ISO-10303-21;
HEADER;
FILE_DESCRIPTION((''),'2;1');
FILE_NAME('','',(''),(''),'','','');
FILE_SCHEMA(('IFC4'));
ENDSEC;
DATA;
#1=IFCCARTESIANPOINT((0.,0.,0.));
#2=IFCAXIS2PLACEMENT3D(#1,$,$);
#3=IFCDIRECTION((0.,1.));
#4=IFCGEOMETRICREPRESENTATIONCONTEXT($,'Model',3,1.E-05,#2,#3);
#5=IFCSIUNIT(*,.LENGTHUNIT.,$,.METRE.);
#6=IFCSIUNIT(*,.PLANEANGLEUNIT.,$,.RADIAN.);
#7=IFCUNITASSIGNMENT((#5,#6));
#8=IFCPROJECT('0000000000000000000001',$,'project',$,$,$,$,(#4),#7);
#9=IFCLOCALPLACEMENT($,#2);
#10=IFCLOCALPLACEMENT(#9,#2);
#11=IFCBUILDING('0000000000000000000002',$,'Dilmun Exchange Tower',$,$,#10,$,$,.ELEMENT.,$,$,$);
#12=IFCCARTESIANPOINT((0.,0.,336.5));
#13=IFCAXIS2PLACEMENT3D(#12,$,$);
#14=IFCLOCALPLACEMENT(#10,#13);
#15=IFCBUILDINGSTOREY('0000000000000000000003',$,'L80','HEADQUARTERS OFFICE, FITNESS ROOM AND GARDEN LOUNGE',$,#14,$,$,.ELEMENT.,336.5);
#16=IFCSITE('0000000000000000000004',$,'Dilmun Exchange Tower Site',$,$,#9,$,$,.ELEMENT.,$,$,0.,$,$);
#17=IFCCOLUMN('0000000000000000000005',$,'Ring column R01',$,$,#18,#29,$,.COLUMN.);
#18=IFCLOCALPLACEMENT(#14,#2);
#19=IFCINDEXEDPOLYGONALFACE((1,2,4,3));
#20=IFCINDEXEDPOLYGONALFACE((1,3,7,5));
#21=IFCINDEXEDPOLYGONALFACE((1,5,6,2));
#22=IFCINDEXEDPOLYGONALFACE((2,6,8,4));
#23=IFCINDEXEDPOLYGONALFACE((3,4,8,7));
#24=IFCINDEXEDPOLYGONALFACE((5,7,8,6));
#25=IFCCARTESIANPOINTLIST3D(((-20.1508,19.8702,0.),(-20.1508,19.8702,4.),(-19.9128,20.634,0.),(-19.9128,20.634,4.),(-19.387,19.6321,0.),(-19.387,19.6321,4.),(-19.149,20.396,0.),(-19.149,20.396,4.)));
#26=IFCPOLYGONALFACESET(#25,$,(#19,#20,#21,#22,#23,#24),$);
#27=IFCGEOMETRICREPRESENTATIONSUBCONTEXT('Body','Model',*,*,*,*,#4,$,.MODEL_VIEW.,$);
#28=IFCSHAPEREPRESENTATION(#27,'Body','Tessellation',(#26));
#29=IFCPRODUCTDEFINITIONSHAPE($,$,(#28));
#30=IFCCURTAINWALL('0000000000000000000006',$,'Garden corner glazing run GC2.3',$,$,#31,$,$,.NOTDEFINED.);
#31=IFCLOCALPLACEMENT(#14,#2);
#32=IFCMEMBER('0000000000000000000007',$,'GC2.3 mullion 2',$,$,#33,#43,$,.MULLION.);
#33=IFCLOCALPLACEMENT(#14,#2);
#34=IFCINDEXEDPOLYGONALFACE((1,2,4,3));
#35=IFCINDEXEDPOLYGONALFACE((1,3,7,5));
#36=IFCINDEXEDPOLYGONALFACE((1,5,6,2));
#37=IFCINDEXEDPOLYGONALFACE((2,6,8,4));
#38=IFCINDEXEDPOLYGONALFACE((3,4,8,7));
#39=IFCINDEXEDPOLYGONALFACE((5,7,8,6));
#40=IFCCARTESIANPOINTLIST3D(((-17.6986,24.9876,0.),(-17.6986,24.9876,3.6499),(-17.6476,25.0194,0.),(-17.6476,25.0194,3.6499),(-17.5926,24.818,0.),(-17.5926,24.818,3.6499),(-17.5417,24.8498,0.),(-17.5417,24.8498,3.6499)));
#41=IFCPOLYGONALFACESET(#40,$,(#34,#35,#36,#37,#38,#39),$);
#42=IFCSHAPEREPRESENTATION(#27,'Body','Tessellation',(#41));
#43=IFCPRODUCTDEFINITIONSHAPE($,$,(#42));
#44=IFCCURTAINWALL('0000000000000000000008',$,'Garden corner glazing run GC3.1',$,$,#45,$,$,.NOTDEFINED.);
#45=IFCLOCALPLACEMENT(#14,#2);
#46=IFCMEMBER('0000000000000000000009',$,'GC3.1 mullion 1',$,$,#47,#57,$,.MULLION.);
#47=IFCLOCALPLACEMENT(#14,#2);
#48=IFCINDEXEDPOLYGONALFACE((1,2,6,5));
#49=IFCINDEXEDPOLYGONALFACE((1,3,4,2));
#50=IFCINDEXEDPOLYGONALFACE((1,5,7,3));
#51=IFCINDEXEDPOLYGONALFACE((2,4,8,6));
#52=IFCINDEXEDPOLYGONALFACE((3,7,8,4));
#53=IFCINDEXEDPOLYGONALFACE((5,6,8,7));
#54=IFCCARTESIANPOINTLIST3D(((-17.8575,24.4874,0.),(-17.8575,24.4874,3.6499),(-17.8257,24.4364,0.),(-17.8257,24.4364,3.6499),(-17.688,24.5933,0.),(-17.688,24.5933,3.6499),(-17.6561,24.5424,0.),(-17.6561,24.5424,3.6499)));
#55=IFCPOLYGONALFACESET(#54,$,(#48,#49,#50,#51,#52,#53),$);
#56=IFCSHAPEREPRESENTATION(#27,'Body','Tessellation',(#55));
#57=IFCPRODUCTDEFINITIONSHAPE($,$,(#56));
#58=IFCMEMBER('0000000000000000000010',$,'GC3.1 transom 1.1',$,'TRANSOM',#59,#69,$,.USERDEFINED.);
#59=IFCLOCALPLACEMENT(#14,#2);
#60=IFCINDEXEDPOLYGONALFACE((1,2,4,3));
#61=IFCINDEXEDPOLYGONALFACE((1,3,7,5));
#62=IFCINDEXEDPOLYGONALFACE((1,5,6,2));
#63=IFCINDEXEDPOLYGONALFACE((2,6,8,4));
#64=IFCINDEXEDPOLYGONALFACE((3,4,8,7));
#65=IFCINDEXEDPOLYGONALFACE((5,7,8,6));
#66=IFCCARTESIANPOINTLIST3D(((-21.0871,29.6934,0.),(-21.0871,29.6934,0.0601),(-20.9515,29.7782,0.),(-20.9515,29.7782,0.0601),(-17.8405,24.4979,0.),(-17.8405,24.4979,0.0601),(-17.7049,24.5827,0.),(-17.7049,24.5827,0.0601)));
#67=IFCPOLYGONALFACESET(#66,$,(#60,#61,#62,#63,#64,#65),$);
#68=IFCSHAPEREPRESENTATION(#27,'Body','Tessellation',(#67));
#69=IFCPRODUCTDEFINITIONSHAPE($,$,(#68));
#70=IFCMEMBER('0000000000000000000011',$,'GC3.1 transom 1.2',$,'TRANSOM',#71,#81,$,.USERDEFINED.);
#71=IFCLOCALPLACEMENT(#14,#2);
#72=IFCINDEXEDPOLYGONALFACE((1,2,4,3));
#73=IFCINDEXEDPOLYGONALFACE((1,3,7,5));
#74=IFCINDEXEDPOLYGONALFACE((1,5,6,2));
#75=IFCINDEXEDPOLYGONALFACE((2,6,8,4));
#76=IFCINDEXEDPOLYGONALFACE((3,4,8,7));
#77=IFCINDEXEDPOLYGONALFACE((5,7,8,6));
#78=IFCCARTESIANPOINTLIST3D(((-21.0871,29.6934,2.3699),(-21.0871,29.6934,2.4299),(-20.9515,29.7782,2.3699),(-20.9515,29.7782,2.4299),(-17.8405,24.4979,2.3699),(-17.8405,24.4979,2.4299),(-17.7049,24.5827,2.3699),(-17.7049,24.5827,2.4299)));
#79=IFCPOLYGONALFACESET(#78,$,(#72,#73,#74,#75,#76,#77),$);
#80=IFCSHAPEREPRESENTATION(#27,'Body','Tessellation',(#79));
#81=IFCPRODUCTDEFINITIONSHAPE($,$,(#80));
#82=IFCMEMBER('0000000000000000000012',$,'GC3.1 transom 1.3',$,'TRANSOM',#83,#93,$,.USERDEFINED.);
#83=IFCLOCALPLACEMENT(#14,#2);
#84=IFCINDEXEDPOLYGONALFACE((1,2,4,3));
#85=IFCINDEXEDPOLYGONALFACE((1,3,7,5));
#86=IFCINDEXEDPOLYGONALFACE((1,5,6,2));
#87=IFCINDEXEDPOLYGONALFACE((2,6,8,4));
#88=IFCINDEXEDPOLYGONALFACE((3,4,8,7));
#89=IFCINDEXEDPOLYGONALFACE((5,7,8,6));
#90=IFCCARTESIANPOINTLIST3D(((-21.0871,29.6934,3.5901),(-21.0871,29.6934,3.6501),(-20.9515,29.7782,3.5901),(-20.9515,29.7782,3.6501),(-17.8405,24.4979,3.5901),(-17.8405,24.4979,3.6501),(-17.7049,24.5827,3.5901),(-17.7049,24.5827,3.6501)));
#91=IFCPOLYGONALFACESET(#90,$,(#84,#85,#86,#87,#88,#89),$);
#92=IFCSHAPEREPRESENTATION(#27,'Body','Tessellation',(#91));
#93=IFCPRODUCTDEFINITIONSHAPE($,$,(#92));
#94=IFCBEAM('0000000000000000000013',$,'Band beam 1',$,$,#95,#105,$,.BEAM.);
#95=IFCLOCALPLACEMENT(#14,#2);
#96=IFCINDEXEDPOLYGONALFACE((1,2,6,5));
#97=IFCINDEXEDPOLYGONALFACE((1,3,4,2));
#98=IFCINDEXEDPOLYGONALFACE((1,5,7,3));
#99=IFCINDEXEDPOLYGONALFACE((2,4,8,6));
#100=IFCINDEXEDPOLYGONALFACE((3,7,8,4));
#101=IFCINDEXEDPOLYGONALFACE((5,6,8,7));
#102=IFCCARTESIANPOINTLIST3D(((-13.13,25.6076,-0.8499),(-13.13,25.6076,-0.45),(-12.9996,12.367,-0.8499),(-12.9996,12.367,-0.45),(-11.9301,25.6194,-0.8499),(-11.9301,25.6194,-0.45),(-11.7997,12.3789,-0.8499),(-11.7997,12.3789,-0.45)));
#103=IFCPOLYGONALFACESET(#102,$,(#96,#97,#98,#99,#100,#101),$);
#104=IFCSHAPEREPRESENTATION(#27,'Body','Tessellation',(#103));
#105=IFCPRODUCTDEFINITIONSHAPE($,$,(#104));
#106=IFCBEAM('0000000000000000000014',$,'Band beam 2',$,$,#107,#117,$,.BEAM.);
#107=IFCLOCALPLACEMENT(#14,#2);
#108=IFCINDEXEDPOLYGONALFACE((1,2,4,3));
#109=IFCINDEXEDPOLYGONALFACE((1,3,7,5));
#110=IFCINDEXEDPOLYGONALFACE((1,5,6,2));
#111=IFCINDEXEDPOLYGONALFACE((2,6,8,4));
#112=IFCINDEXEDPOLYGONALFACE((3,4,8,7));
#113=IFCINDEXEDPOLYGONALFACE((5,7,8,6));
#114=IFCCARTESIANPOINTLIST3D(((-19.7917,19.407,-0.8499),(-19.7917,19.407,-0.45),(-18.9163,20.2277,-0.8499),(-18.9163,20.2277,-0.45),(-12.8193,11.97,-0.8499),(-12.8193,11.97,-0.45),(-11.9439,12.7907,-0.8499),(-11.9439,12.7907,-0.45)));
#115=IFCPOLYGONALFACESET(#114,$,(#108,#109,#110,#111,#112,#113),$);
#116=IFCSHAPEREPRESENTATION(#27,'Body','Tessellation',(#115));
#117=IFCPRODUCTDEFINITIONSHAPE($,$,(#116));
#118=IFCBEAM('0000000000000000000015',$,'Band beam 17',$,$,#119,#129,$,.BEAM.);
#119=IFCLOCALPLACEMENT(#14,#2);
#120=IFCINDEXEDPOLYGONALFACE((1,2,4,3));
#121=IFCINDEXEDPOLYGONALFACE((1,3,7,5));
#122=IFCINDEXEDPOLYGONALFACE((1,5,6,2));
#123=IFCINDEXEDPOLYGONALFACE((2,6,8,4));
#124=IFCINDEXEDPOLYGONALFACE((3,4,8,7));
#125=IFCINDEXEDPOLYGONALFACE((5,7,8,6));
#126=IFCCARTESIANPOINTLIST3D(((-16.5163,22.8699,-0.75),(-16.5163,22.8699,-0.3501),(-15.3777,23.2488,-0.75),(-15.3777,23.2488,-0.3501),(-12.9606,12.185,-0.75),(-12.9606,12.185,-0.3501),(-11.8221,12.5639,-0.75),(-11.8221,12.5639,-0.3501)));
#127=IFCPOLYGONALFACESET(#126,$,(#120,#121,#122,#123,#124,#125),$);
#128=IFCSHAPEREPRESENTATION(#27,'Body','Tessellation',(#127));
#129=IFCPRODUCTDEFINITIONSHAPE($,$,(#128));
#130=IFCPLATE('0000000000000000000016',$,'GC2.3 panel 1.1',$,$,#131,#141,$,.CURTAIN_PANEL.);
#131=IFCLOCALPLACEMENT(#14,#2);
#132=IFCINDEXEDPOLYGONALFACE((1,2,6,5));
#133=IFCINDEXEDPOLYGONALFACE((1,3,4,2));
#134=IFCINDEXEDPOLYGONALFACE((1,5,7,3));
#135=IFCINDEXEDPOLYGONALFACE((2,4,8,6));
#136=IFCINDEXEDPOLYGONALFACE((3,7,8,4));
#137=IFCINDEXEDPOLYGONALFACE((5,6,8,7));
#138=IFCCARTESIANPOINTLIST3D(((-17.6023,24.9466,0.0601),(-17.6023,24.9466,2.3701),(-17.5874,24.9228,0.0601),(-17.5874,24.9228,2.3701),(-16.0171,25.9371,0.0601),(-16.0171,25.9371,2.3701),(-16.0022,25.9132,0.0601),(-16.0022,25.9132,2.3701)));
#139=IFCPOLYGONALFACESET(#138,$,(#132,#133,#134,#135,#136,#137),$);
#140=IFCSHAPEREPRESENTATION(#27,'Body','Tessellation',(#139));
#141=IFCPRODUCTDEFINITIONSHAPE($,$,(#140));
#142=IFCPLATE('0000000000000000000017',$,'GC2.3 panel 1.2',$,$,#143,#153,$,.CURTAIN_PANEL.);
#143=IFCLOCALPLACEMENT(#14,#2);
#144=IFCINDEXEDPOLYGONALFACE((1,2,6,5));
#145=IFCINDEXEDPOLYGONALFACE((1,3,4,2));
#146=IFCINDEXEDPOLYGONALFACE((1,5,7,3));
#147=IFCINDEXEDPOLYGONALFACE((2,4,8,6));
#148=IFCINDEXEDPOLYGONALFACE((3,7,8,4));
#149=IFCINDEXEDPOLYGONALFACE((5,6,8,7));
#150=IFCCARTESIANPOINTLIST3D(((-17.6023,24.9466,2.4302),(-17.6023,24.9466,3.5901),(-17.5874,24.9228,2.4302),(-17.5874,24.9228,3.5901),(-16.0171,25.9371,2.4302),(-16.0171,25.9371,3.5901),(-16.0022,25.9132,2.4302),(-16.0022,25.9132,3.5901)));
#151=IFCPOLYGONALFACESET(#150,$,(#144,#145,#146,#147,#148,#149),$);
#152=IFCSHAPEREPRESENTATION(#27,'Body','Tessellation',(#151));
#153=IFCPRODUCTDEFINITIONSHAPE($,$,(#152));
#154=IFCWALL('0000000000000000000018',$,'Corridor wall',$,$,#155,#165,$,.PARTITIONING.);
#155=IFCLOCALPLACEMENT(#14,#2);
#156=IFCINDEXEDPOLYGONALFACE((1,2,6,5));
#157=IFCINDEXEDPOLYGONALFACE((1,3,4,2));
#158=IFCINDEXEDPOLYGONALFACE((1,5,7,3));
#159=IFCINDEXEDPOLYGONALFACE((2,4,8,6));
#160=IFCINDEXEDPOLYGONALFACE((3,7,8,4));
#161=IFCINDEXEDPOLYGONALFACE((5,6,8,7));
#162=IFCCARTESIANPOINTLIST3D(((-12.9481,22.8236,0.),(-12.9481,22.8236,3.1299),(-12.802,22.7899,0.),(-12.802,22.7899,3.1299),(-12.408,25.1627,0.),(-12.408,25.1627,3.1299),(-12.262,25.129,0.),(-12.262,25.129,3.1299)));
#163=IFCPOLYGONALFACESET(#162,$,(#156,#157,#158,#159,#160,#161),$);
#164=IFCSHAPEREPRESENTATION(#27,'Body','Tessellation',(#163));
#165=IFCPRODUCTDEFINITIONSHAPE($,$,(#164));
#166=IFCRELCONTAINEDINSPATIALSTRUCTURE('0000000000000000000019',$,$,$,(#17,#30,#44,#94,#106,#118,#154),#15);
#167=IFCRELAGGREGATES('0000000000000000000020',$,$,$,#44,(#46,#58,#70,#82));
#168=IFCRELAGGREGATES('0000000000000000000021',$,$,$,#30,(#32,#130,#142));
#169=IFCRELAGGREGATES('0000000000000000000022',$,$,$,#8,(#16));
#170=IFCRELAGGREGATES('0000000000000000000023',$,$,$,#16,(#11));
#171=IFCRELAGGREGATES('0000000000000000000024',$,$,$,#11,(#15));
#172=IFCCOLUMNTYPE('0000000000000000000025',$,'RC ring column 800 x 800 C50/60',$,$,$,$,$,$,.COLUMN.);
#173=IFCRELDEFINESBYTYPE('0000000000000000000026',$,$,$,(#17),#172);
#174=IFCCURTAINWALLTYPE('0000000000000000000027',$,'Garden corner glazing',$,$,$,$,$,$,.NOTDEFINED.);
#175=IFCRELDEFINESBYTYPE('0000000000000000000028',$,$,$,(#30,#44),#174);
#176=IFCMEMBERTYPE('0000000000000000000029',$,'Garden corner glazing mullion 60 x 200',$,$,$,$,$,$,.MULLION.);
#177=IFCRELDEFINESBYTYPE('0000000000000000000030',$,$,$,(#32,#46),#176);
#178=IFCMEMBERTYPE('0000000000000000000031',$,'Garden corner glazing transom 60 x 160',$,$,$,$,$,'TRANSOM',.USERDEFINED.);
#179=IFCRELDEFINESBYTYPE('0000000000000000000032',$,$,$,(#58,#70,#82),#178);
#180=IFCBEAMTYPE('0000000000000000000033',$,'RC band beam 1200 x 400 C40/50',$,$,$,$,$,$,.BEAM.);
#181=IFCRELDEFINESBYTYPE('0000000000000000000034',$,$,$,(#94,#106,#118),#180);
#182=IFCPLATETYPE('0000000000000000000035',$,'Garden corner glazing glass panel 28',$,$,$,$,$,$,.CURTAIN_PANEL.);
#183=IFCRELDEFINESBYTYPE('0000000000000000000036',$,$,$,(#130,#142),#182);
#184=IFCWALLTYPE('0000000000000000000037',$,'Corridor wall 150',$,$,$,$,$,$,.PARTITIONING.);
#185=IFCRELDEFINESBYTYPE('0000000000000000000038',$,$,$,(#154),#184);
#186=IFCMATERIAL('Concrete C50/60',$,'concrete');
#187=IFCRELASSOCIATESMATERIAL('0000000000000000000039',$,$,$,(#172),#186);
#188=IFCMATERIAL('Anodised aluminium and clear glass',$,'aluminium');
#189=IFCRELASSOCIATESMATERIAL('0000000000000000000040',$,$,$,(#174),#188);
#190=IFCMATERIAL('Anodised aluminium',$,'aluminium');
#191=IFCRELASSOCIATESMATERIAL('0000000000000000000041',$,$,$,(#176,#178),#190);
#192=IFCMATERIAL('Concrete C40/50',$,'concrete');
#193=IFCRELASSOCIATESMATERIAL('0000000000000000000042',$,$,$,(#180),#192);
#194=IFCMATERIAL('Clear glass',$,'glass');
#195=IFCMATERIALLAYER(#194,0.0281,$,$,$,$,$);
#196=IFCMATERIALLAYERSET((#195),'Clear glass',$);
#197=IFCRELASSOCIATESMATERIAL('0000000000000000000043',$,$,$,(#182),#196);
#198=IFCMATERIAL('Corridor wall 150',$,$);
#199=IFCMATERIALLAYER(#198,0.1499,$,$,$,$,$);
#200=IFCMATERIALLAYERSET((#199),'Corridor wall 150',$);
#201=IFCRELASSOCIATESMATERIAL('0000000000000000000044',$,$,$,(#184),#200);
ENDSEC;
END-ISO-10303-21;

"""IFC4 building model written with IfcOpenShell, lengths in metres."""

from ifc_helpers import new_model, si_unit, direction, frame, frame_2d, origin, origin_2d, place, context, subcontext, project, spatial, rectangle, extrude, material, layer, layer_set, material_profile, profile_set, type_object, element, aggregate, save


model = new_model("IFC4")

# Units and contexts
model_context = context("Model", 3, precision=1e-05, world=origin(), true_north=direction((0.0, 1.0)))
body_context = subcontext(model_context, "Body", "Model", "MODEL_VIEW")
ifc_project = project(units=[si_unit("LENGTHUNIT", "METRE"), si_unit("PLANEANGLEUNIT", "RADIAN")], contexts=[model_context])

# Site, building, storey
site_placement = place(None, origin())
site = spatial("IfcSite", under=ifc_project, at=site_placement, Name="Dilmun Exchange Tower Site", CompositionType="ELEMENT", RefElevation=0.0)
building_placement = place(site_placement, origin())
building = spatial("IfcBuilding", under=site, at=building_placement, Name="Dilmun Exchange Tower", CompositionType="ELEMENT")
storey_placement = place(building_placement, frame((0.0, 0.0, 336.5)))
storey = spatial("IfcBuildingStorey", under=building, at=storey_placement, Name="L80", Description="HEADQUARTERS OFFICE, FITNESS ROOM AND GARDEN LOUNGE", CompositionType="ELEMENT", Elevation=336.5)

# Column
ifc_material_1 = material(Name="Concrete C50/60", Category="concrete")
ifc_material_profile_1 = material_profile(ifc_material_1, rectangle(XDim=0.8, YDim=0.8, at=origin_2d()), Name="800 x 800")
ifc_profile_set_1 = profile_set([ifc_material_profile_1], Name="Concrete C50/60")
column_type = type_object("IfcColumnType", Name="RC ring column 800 x 800 C50/60", PredefinedType="COLUMN", material=ifc_profile_set_1)
column_placement = place(storey_placement, frame((-19.6499, 20.1331, 0.0), z_axis=(0.0, 0.0, 1.0), x_axis=(0.297503, 0.954721, 0.0)))
element("IfcColumn", 1, at=column_placement, inside=storey, type_object=column_type, Name="Ring column R01", PredefinedType="COLUMN", context=body_context, shape_type="SweptSolid", body=[
    extrude(rectangle(XDim=0.8, YDim=0.8, at=origin_2d()), origin(), (0.0, 0.0, 1.0), 4.0),
])

# Curtain wall, member
ifc_material_2 = material(Name="Anodised aluminium and clear glass", Category="aluminium")
curtain_wall_type = type_object("IfcCurtainWallType", Name="Garden corner glazing", PredefinedType="NOTDEFINED", material=ifc_material_2)
curtain_wall_1_placement = place(storey_placement, origin())
curtain_wall_1 = element("IfcCurtainWall", 2, at=curtain_wall_1_placement, inside=storey, type_object=curtain_wall_type, Name="Garden corner glazing run GC2.3", PredefinedType="NOTDEFINED")
ifc_material_3 = material(Name="Anodised aluminium", Category="aluminium")
ifc_material_profile_2 = material_profile(ifc_material_3, rectangle(XDim=0.2, YDim=0.0601, at=origin_2d()), Name="AL 60x200")
ifc_profile_set_2 = profile_set([ifc_material_profile_2], Name="Anodised aluminium")
member_type_1 = type_object("IfcMemberType", Name="Garden corner glazing mullion 60 x 200", PredefinedType="MULLION", material=ifc_profile_set_2)
member_1_placement = place(storey_placement, frame((-17.6201, 24.9187, 0.0), z_axis=(0.0, 0.0, 1.0), x_axis=(0.529886, -0.848069, 0.0)))
member_1 = element("IfcMember", 3, at=member_1_placement, type_object=member_type_1, Name="GC2.3 mullion 2", PredefinedType="MULLION", context=body_context, shape_type="SweptSolid", body=[
    extrude(rectangle(XDim=0.2, YDim=0.0601, at=origin_2d()), origin(), (0.0, 0.0, 1.0), 3.6499),
])

# Curtain wall, members
curtain_wall_2_placement = place(storey_placement, origin())
curtain_wall_2 = element("IfcCurtainWall", 4, at=curtain_wall_2_placement, inside=storey, type_object=curtain_wall_type, Name="Garden corner glazing run GC3.1", PredefinedType="NOTDEFINED")
member_2_placement = place(storey_placement, frame((-17.7568, 24.5149, 0.0), z_axis=(0.0, 0.0, 1.0), x_axis=(-0.84805, -0.529917, 0.0)))
member_2 = element("IfcMember", 5, at=member_2_placement, type_object=member_type_1, Name="GC3.1 mullion 1", PredefinedType="MULLION", context=body_context, shape_type="SweptSolid", body=[
    extrude(rectangle(XDim=0.2, YDim=0.0601, at=origin_2d()), origin(), (0.0, 0.0, 1.0), 3.6499),
])
ifc_material_profile_3 = material_profile(ifc_material_3, rectangle(XDim=0.1599, YDim=0.0601, at=origin_2d()), Name="AL 60x160")
ifc_profile_set_3 = profile_set([ifc_material_profile_3], Name="Anodised aluminium")
member_type_2 = type_object("IfcMemberType", Name="Garden corner glazing transom 60 x 160", ElementType="TRANSOM", PredefinedType="USERDEFINED", material=ifc_profile_set_3)
member_3_placement = place(storey_placement, frame((-17.7727, 24.5403, 0.03), z_axis=(-0.529924, 0.848045, 0.0), x_axis=(-0.848045, -0.529924, 0.0)))
member_3 = element("IfcMember", 6, at=member_3_placement, type_object=member_type_2, Name="GC3.1 transom 1.1", ObjectType="TRANSOM", PredefinedType="USERDEFINED", context=body_context, shape_type="SweptSolid", body=[
    extrude(rectangle(XDim=0.1599, YDim=0.0601, at=origin_2d()), origin(), (0.0, 0.0, 1.0), 6.1265),
])
member_4_placement = place(storey_placement, frame((-17.7727, 24.5403, 2.3999), z_axis=(-0.529924, 0.848045, 0.0), x_axis=(-0.848045, -0.529924, 0.0)))
member_4 = element("IfcMember", 7, at=member_4_placement, type_object=member_type_2, Name="GC3.1 transom 1.2", ObjectType="TRANSOM", PredefinedType="USERDEFINED", context=body_context, shape_type="SweptSolid", body=[
    extrude(rectangle(XDim=0.1599, YDim=0.0601, at=origin_2d()), origin(), (0.0, 0.0, 1.0), 6.1265),
])
member_5_placement = place(storey_placement, frame((-17.7727, 24.5403, 3.6201), z_axis=(-0.529924, 0.848045, 0.0), x_axis=(-0.848045, -0.529924, 0.0)))
member_5 = element("IfcMember", 8, at=member_5_placement, type_object=member_type_2, Name="GC3.1 transom 1.3", ObjectType="TRANSOM", PredefinedType="USERDEFINED", context=body_context, shape_type="SweptSolid", body=[
    extrude(rectangle(XDim=0.1599, YDim=0.0601, at=origin_2d()), origin(), (0.0, 0.0, 1.0), 6.1265),
])
aggregate(curtain_wall_2, [member_2, member_3, member_4, member_5])

# Beams
ifc_material_4 = material(Name="Concrete C40/50", Category="concrete")
ifc_material_profile_4 = material_profile(ifc_material_4, rectangle(XDim=1.2, YDim=0.3999, at=origin_2d()), Name="1200 x 400")
ifc_profile_set_4 = profile_set([ifc_material_profile_4], Name="Concrete C40/50")
beam_type = type_object("IfcBeamType", Name="RC band beam 1200 x 400 C40/50", PredefinedType="BEAM", material=ifc_profile_set_4)
beam_1_placement = place(storey_placement, frame((-12.53, 25.6135, -0.6499), z_axis=(0.009846, -0.999952, 0.0), x_axis=(0.999952, 0.009846, 0.0)))
element("IfcBeam", 9, at=beam_1_placement, inside=storey, type_object=beam_type, Name="Band beam 1", PredefinedType="BEAM", context=body_context, shape_type="SweptSolid", body=[
    extrude(rectangle(XDim=1.2, YDim=0.3999, at=origin_2d()), origin(), (0.0, 0.0, 1.0), 13.2412),
])
beam_2_placement = place(storey_placement, frame((-19.354, 19.8174, -0.6499), z_axis=(0.683952, -0.729527, 0.0), x_axis=(0.729527, 0.683952, 0.0)))
element("IfcBeam", 10, at=beam_2_placement, inside=storey, type_object=beam_type, Name="Band beam 2", PredefinedType="BEAM", context=body_context, shape_type="SweptSolid", body=[
    extrude(rectangle(XDim=1.2, YDim=0.3999, at=origin_2d()), origin(), (0.0, 0.0, 1.0), 10.1943),
])
beam_3_placement = place(storey_placement, frame((-15.947, 23.0593, -0.55), z_axis=(0.315753, -0.948841, 0.0), x_axis=(0.948841, 0.315753, 0.0)))
element("IfcBeam", 11, at=beam_3_placement, inside=storey, type_object=beam_type, Name="Band beam 17", PredefinedType="BEAM", context=body_context, shape_type="SweptSolid", body=[
    extrude(rectangle(XDim=1.2, YDim=0.3999, at=origin_2d()), origin(), (0.0, 0.0, 1.0), 11.261),
])

# Plates
ifc_material_5 = material(Name="Clear glass", Category="glass")
ifc_layer_1 = layer(ifc_material_5, 0.0281)
ifc_layer_set_1 = layer_set([ifc_layer_1], Name="Clear glass")
plate_type = type_object("IfcPlateType", Name="Garden corner glazing glass panel 28", PredefinedType="CURTAIN_PANEL", material=ifc_layer_set_1)
plate_1_placement = place(storey_placement, frame((-16.8022, 25.4299, 0.0601), z_axis=(0.0, 0.0, 1.0), x_axis=(-0.848069, -0.529886, 0.0)))
plate_1 = element("IfcPlate", 12, at=plate_1_placement, type_object=plate_type, Name="GC2.3 panel 1.1", PredefinedType="CURTAIN_PANEL", context=body_context, shape_type="SweptSolid", body=[
    extrude(rectangle(XDim=1.8691, YDim=0.0281, at=origin_2d()), origin(), (0.0, 0.0, 1.0), 2.3101),
])
plate_2_placement = place(storey_placement, frame((-16.8022, 25.4299, 2.4302), z_axis=(0.0, 0.0, 1.0), x_axis=(-0.848069, -0.529886, 0.0)))
plate_2 = element("IfcPlate", 13, at=plate_2_placement, type_object=plate_type, Name="GC2.3 panel 1.2", PredefinedType="CURTAIN_PANEL", context=body_context, shape_type="SweptSolid", body=[
    extrude(rectangle(XDim=1.8691, YDim=0.0281, at=origin_2d()), origin(), (0.0, 0.0, 1.0), 1.1599),
])
aggregate(curtain_wall_1, [member_1, plate_1, plate_2])

# Wall
ifc_material_6 = material(Name="Corridor wall 150")
ifc_layer_2 = layer(ifc_material_6, 0.1499)
ifc_layer_set_2 = layer_set([ifc_layer_2], Name="Corridor wall 150")
wall_type = type_object("IfcWallType", Name="Corridor wall 150", PredefinedType="PARTITIONING", material=ifc_layer_set_2)
wall_1_placement = place(storey_placement, frame((-12.875, 22.8069, 0.0), z_axis=(0.0, 0.0, 1.0), x_axis=(0.224956, 0.974369, 0.0)))
element("IfcWall", 14, at=wall_1_placement, inside=storey, type_object=wall_type, Name="Corridor wall", PredefinedType="PARTITIONING", context=body_context, shape_type="SweptSolid", body=[
    extrude(rectangle(XDim=2.4006, YDim=0.1499, at=frame_2d((1.2002, 0.0))), origin(), (0.0, 0.0, 1.0), 3.1299),
])

save(model, "model.ifc")
